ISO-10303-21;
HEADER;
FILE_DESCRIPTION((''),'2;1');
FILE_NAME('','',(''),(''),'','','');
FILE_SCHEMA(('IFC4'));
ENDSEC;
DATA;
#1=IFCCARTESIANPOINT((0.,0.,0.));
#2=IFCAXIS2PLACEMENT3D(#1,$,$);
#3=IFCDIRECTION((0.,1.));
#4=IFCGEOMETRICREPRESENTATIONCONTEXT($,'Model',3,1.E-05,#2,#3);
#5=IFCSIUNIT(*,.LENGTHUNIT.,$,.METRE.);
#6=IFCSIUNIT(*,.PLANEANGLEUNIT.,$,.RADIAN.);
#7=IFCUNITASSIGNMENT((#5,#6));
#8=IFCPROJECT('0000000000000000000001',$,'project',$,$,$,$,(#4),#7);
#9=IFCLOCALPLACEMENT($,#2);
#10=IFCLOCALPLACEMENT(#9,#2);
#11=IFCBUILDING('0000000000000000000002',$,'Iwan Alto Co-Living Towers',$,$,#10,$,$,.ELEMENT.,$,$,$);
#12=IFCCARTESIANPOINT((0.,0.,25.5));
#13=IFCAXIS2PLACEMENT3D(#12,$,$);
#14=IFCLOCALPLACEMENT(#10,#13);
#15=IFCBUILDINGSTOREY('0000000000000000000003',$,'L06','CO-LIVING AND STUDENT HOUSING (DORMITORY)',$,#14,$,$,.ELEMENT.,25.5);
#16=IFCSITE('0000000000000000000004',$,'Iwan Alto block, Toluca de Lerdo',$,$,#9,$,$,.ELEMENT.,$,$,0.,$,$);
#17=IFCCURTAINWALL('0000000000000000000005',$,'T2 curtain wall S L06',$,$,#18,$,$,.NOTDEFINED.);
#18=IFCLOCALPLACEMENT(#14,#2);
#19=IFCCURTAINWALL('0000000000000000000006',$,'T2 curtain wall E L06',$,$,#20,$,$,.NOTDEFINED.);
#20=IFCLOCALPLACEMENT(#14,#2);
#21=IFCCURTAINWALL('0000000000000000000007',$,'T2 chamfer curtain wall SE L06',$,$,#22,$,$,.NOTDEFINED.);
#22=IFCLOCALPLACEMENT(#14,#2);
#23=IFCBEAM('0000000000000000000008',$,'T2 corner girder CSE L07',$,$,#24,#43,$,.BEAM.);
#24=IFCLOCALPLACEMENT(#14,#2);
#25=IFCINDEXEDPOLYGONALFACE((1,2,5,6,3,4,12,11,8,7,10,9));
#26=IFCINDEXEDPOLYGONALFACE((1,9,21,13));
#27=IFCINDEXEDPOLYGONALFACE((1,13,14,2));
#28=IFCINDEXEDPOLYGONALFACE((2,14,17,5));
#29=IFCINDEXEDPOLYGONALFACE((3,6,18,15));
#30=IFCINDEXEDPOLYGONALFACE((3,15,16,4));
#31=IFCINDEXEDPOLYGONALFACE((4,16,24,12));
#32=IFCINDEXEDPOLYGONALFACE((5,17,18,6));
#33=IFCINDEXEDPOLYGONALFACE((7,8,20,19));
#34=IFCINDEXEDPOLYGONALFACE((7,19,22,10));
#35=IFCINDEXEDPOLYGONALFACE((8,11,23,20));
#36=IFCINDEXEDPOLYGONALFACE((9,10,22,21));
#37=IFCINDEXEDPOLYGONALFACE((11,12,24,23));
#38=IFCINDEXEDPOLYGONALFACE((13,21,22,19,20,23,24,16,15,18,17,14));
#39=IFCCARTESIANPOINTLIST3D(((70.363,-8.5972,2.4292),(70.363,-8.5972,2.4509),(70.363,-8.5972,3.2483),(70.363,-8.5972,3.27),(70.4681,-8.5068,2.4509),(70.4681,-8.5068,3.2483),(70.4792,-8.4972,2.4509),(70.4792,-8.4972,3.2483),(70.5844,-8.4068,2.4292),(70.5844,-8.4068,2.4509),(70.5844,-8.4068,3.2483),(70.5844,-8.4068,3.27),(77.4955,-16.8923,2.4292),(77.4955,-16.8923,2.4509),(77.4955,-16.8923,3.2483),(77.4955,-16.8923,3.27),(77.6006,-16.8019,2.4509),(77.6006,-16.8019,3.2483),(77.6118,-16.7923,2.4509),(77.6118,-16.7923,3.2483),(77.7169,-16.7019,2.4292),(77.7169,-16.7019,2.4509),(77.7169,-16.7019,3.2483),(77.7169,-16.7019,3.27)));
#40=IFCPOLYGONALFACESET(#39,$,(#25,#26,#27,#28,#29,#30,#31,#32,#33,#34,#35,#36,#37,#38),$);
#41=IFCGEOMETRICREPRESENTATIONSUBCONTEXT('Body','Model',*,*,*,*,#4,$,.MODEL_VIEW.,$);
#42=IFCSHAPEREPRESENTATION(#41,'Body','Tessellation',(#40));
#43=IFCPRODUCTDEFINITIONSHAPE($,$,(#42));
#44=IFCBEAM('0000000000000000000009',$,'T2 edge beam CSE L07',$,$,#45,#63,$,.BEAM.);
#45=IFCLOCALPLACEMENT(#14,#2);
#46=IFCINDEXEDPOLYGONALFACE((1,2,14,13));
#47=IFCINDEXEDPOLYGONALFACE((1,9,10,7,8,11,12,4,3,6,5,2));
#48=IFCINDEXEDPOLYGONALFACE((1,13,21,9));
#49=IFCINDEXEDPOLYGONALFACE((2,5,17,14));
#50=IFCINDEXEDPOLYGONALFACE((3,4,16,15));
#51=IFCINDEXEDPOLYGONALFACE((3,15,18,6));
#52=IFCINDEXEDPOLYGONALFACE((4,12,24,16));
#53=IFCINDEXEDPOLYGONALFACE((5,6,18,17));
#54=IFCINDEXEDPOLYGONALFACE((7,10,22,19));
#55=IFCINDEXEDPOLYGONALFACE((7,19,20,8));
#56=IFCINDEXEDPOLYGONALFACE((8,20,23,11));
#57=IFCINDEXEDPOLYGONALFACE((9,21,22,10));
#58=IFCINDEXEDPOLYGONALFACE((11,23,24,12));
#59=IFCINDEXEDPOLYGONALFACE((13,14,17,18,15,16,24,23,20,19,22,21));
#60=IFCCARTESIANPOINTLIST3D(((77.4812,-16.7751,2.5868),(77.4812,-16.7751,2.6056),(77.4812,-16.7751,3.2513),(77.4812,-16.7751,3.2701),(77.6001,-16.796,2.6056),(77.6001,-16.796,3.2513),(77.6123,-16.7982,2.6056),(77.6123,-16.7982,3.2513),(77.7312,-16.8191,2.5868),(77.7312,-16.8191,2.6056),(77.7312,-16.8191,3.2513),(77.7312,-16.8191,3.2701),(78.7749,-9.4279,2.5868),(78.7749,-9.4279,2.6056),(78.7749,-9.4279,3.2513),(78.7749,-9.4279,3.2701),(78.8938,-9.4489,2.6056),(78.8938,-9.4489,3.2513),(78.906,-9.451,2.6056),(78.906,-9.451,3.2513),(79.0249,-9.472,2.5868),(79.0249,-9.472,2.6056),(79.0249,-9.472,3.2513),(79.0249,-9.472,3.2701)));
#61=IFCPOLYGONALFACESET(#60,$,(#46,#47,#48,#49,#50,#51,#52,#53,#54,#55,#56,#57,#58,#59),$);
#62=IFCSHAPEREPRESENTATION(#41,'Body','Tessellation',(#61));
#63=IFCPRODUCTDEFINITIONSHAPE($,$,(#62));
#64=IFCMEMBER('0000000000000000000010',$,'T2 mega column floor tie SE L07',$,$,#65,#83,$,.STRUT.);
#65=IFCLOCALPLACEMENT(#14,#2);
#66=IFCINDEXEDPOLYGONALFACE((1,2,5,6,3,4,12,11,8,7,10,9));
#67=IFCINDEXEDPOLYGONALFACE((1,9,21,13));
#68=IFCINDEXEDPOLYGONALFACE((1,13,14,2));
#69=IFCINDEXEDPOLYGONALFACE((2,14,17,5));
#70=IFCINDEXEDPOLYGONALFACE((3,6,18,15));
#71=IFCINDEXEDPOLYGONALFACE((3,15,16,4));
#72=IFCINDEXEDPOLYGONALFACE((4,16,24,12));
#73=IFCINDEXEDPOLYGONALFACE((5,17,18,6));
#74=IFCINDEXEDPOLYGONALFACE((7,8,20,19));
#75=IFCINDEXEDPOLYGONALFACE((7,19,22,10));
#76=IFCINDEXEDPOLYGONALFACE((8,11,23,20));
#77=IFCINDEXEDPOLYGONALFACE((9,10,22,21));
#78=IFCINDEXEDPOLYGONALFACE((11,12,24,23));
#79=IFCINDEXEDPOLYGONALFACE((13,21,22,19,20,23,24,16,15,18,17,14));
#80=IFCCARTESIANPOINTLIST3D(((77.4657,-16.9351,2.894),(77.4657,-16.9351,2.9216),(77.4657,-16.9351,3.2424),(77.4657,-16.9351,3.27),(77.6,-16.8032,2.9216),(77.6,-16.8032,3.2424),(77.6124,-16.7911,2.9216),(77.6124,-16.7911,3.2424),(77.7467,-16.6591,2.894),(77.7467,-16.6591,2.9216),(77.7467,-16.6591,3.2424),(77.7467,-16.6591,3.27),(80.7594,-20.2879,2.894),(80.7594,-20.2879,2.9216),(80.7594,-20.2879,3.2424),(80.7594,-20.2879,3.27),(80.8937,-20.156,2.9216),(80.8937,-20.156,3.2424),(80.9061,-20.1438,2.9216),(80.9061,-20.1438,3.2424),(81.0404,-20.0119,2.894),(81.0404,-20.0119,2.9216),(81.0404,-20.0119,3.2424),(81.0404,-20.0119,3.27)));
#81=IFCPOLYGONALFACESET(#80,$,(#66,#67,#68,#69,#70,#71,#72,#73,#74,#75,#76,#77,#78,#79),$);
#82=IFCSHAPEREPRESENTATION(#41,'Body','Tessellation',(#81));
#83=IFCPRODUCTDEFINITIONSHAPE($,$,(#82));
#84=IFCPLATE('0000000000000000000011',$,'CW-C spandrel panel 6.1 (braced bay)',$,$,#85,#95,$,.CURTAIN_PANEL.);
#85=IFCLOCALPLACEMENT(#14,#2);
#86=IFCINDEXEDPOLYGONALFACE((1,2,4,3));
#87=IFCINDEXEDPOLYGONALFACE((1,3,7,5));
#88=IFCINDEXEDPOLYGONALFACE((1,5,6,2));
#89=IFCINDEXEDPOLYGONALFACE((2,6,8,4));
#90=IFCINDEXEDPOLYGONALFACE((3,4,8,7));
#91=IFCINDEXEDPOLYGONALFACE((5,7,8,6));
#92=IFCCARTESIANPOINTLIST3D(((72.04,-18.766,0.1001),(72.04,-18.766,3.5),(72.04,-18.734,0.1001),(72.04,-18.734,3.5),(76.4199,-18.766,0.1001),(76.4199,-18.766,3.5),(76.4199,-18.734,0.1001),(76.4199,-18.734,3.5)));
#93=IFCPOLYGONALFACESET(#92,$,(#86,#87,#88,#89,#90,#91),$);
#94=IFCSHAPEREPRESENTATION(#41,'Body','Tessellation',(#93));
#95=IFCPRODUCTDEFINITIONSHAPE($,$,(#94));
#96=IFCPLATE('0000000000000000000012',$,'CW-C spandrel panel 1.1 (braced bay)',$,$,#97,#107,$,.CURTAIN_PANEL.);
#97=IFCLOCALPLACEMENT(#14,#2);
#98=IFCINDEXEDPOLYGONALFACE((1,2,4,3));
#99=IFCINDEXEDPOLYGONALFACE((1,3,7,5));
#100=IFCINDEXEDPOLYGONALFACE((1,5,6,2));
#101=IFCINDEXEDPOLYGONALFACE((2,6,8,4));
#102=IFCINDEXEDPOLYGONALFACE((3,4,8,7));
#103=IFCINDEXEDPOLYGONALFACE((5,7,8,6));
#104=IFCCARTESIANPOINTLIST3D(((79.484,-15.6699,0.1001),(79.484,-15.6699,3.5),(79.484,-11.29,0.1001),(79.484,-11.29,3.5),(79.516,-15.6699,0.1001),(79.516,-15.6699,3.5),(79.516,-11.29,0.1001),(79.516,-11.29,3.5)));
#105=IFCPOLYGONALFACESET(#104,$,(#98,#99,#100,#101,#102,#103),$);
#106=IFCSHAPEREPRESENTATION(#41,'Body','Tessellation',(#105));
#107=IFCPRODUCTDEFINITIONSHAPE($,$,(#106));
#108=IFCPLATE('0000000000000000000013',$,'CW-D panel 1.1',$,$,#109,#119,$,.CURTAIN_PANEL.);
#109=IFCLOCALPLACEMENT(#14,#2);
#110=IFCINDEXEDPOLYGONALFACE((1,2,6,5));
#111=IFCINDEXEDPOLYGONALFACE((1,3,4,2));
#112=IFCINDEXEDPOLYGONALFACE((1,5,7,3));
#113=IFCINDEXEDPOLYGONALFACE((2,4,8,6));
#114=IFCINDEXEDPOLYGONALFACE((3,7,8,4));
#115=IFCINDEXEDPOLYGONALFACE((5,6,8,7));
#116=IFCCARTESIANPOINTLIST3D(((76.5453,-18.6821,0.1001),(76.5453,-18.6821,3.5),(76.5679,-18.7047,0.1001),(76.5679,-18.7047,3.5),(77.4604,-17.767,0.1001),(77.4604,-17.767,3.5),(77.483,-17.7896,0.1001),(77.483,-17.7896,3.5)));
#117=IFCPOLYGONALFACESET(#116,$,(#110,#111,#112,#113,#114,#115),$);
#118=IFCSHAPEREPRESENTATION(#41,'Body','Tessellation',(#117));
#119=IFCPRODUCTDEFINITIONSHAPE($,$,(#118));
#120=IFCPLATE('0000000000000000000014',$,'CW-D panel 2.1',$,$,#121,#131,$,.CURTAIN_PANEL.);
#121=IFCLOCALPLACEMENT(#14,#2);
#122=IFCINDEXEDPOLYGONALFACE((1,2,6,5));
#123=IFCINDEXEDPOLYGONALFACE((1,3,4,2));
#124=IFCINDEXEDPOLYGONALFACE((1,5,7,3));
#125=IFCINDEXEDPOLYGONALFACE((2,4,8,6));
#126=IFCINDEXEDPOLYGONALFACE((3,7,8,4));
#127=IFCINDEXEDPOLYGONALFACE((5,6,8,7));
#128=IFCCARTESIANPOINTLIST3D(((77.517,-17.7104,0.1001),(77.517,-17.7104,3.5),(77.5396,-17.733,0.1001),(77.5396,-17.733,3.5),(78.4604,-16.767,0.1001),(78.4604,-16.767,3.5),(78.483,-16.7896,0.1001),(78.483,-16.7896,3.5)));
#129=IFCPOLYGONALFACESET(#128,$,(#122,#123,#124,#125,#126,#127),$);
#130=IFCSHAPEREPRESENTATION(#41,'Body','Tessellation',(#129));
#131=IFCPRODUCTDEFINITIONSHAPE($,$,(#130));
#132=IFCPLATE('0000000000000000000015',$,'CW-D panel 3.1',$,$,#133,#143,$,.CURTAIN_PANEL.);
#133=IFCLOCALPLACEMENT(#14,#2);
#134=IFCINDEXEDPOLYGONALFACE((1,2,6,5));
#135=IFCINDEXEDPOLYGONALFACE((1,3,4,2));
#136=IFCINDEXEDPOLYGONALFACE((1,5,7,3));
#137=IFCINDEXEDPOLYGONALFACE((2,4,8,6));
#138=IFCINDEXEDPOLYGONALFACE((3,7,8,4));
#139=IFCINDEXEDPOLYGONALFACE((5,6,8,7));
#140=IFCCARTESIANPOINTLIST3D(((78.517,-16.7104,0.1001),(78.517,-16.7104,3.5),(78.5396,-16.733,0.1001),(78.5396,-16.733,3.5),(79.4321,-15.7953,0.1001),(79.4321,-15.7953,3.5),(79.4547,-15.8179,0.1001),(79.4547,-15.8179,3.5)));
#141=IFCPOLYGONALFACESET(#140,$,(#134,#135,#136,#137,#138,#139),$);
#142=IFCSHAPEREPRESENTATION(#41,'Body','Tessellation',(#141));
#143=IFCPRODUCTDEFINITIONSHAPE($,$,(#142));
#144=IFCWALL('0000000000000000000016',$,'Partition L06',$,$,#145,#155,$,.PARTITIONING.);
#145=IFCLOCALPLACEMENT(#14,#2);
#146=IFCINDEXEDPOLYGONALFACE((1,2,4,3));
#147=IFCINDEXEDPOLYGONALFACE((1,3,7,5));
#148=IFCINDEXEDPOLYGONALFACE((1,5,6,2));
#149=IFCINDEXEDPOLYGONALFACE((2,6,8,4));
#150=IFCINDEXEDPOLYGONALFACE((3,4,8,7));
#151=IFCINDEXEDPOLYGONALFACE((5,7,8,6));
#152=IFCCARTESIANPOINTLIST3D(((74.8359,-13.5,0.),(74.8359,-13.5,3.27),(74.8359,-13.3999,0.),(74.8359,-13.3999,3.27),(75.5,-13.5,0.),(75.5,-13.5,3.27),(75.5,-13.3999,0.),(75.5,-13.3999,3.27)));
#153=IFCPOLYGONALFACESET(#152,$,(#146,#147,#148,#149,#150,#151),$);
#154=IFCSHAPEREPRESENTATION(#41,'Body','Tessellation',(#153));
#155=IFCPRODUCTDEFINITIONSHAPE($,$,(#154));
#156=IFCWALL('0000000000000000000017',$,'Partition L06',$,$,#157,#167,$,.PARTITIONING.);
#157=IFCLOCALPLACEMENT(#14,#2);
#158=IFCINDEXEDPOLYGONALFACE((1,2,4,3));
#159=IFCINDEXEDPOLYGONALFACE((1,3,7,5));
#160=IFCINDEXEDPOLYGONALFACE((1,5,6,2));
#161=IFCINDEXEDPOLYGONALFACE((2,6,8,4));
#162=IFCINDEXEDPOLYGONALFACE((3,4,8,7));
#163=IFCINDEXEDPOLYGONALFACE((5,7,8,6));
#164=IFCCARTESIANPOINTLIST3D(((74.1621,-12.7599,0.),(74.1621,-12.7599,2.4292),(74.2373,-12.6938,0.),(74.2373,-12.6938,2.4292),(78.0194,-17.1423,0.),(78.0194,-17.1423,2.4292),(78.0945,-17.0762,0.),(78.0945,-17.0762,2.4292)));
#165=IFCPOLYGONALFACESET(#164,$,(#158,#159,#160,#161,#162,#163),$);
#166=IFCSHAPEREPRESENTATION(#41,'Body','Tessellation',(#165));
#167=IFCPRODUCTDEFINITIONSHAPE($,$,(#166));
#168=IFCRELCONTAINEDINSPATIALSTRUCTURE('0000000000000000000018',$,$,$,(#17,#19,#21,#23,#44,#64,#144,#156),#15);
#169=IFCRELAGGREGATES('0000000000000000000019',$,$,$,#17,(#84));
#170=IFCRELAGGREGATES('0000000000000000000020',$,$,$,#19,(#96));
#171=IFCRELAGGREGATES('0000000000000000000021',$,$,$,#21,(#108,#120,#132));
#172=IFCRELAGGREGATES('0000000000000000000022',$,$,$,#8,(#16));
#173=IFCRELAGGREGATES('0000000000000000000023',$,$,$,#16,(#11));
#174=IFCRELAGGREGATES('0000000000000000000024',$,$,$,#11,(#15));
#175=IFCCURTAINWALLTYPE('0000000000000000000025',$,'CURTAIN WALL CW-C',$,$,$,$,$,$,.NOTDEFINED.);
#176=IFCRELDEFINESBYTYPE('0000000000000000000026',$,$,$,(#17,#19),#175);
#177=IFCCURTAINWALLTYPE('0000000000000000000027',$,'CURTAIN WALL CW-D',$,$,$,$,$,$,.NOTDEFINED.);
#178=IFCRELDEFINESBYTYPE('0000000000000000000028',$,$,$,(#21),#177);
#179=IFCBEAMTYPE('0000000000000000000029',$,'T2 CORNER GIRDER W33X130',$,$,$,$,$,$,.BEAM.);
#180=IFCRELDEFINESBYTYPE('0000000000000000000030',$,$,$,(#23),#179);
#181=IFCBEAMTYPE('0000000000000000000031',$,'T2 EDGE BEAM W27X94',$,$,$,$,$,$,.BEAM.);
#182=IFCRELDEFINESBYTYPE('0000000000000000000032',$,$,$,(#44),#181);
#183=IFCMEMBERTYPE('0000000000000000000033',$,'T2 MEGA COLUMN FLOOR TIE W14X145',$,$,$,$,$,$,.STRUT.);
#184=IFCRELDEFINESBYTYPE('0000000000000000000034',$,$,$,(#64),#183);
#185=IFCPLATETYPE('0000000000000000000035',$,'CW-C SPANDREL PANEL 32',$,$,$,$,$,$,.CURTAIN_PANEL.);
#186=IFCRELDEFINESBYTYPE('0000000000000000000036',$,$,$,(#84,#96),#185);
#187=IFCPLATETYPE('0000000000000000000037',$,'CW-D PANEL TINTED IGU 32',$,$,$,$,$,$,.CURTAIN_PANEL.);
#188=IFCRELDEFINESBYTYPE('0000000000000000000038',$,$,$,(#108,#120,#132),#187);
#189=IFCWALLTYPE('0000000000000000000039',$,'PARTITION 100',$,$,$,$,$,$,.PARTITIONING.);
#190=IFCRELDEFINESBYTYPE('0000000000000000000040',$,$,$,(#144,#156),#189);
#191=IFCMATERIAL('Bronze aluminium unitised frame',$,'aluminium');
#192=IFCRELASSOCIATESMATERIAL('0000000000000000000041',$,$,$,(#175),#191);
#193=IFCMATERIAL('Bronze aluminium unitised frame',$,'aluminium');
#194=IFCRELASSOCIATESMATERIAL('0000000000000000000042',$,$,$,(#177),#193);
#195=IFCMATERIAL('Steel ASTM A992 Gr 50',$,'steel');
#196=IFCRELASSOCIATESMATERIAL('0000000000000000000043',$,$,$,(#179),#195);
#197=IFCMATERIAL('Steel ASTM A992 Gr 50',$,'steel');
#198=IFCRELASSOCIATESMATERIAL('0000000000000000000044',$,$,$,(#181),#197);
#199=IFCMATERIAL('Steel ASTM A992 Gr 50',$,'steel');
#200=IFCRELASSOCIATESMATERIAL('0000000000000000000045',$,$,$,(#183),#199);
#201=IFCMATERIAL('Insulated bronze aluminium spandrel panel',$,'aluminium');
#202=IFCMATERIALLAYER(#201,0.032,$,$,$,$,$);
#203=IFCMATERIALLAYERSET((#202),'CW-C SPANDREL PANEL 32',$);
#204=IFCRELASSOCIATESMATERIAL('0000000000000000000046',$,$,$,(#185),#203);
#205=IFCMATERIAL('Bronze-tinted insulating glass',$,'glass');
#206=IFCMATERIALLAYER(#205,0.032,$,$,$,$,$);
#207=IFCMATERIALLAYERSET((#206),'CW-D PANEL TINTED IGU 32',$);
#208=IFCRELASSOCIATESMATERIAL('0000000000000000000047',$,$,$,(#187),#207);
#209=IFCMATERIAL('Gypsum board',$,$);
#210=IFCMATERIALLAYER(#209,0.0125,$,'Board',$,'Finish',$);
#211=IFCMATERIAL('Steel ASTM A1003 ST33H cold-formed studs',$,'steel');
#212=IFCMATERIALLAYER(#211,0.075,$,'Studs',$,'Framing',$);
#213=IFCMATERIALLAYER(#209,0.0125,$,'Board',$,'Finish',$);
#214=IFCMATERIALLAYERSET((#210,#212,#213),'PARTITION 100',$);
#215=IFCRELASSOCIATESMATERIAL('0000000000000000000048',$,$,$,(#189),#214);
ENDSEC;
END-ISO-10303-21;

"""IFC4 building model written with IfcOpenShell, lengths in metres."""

from ifc_helpers import new_model, si_unit, direction, frame, frame_2d, origin, origin_2d, place, context, subcontext, project, spatial, rectangle, i_section, extrude, material, layer, layer_set, material_profile, profile_set, type_object, element, aggregate, save


model = new_model("IFC4")

# Units and contexts
model_context = context("Model", 3, precision=1e-05, world=origin(), true_north=direction((0.0, 1.0)))
body_context = subcontext(model_context, "Body", "Model", "MODEL_VIEW")
ifc_project = project(units=[si_unit("LENGTHUNIT", "METRE"), si_unit("PLANEANGLEUNIT", "RADIAN")], contexts=[model_context])

# Site, building, storey
site_placement = place(None, origin())
site = spatial("IfcSite", under=ifc_project, at=site_placement, Name="Iwan Alto block, Toluca de Lerdo", CompositionType="ELEMENT", RefElevation=0.0)
building_placement = place(site_placement, origin())
building = spatial("IfcBuilding", under=site, at=building_placement, Name="Iwan Alto Co-Living Towers", CompositionType="ELEMENT")
storey_placement = place(building_placement, frame((0.0, 0.0, 25.5)))
storey = spatial("IfcBuildingStorey", under=building, at=storey_placement, Name="L06", Description="CO-LIVING AND STUDENT HOUSING (DORMITORY)", CompositionType="ELEMENT", Elevation=25.5)

# Curtain wall
ifc_material_1 = material(Name="Bronze aluminium unitised frame", Category="aluminium")
curtain_wall_type_1 = type_object("IfcCurtainWallType", Name="CURTAIN WALL CW-C", PredefinedType="NOTDEFINED", material=ifc_material_1)
curtain_wall_1_placement = place(storey_placement, origin())
curtain_wall_1 = element("IfcCurtainWall", 1, at=curtain_wall_1_placement, inside=storey, type_object=curtain_wall_type_1, Name="T2 curtain wall S L06", PredefinedType="NOTDEFINED")

# Curtain walls
curtain_wall_2_placement = place(storey_placement, origin())
curtain_wall_2 = element("IfcCurtainWall", 2, at=curtain_wall_2_placement, inside=storey, type_object=curtain_wall_type_1, Name="T2 curtain wall E L06", PredefinedType="NOTDEFINED")
ifc_material_2 = material(Name="Bronze aluminium unitised frame", Category="aluminium")
curtain_wall_type_2 = type_object("IfcCurtainWallType", Name="CURTAIN WALL CW-D", PredefinedType="NOTDEFINED", material=ifc_material_2)
curtain_wall_3_placement = place(storey_placement, origin())
curtain_wall_3 = element("IfcCurtainWall", 3, at=curtain_wall_3_placement, inside=storey, type_object=curtain_wall_type_2, Name="T2 chamfer curtain wall SE L06", PredefinedType="NOTDEFINED")

# Beams
ifc_material_3 = material(Name="Steel ASTM A992 Gr 50", Category="steel")
ifc_material_profile_1 = material_profile(ifc_material_3, i_section(OverallWidth=0.292, OverallDepth=0.8408, WebThickness=0.0146, FlangeThickness=0.0217, at=origin_2d()), Name="W33X130")
ifc_profile_set_1 = profile_set([ifc_material_profile_1], Name="Steel ASTM A992 Gr 50")
beam_type_1 = type_object("IfcBeamType", Name="T2 CORNER GIRDER W33X130", PredefinedType="BEAM", material=ifc_profile_set_1)
beam_1_placement = place(storey_placement, frame((77.6062, -16.7971, 2.8496), z_axis=(-0.651972, 0.758243, 0.0), x_axis=(-0.758243, -0.651972, 0.0)))
element("IfcBeam", 4, at=beam_1_placement, inside=storey, type_object=beam_type_1, Name="T2 corner girder CSE L07", PredefinedType="BEAM", context=body_context, shape_type="SweptSolid", body=[
    extrude(i_section(OverallWidth=0.292, OverallDepth=0.8408, WebThickness=0.0146, FlangeThickness=0.0217, at=origin_2d()), origin(), (0.0, 0.0, 1.0), 10.9399),
])
ifc_material_4 = material(Name="Steel ASTM A992 Gr 50", Category="steel")
ifc_material_profile_2 = material_profile(ifc_material_4, i_section(OverallWidth=0.2539, OverallDepth=0.6833, WebThickness=0.0125, FlangeThickness=0.0188, at=origin_2d()), Name="W27X94")
ifc_profile_set_2 = profile_set([ifc_material_profile_2], Name="Steel ASTM A992 Gr 50")
beam_type_2 = type_object("IfcBeamType", Name="T2 EDGE BEAM W27X94", PredefinedType="BEAM", material=ifc_profile_set_2)
beam_2_placement = place(storey_placement, frame((77.6062, -16.7971, 2.9285), z_axis=(0.173414, 0.984849, 0.0), x_axis=(-0.984849, 0.173414, 0.0)))
element("IfcBeam", 5, at=beam_2_placement, inside=storey, type_object=beam_type_2, Name="T2 edge beam CSE L07", PredefinedType="BEAM", context=body_context, shape_type="SweptSolid", body=[
    extrude(i_section(OverallWidth=0.2539, OverallDepth=0.6833, WebThickness=0.0125, FlangeThickness=0.0188, at=origin_2d()), origin(), (0.0, 0.0, 1.0), 7.4602),
])

# Member
ifc_material_5 = material(Name="Steel ASTM A992 Gr 50", Category="steel")
ifc_material_profile_3 = material_profile(ifc_material_5, i_section(OverallWidth=0.3938, OverallDepth=0.376, WebThickness=0.0173, FlangeThickness=0.0276, at=origin_2d()), Name="W14X145")
ifc_profile_set_3 = profile_set([ifc_material_profile_3], Name="Steel ASTM A992 Gr 50")
member_type_1 = type_object("IfcMemberType", Name="T2 MEGA COLUMN FLOOR TIE W14X145", PredefinedType="STRUT", material=ifc_profile_set_3)
member_1_placement = place(storey_placement, frame((80.8999, -20.1499, 3.082), z_axis=(-0.700793, 0.713364, 0.0), x_axis=(-0.713364, -0.700793, 0.0)))
element("IfcMember", 6, at=member_1_placement, inside=storey, type_object=member_type_1, Name="T2 mega column floor tie SE L07", PredefinedType="STRUT", context=body_context, shape_type="SweptSolid", body=[
    extrude(i_section(OverallWidth=0.3938, OverallDepth=0.376, WebThickness=0.0173, FlangeThickness=0.0276, at=origin_2d()), origin(), (0.0, 0.0, 1.0), 4.7),
])

# Plates
ifc_material_6 = material(Name="Insulated bronze aluminium spandrel panel", Category="aluminium")
ifc_layer_1 = layer(ifc_material_6, 0.032)
ifc_layer_set_1 = layer_set([ifc_layer_1], Name="CW-C SPANDREL PANEL 32")
plate_type_1 = type_object("IfcPlateType", Name="CW-C SPANDREL PANEL 32", PredefinedType="CURTAIN_PANEL", material=ifc_layer_set_1)
plate_1_placement = place(storey_placement, frame((74.23, -18.75, 0.1001), z_axis=(0.0, 0.0, 1.0), x_axis=(1.0, 0.0, 0.0)))
plate_1 = element("IfcPlate", 7, at=plate_1_placement, type_object=plate_type_1, Name="CW-C spandrel panel 6.1 (braced bay)", PredefinedType="CURTAIN_PANEL", context=body_context, shape_type="SweptSolid", body=[
    extrude(rectangle(XDim=4.3799, YDim=0.032, at=origin_2d()), origin(), (0.0, 0.0, 1.0), 3.3999),
])
aggregate(curtain_wall_1, [plate_1])
plate_2_placement = place(storey_placement, frame((79.5, -13.48, 0.1001), z_axis=(0.0, 0.0, 1.0), x_axis=(0.0, 1.0, 0.0)))
plate_2 = element("IfcPlate", 8, at=plate_2_placement, type_object=plate_type_1, Name="CW-C spandrel panel 1.1 (braced bay)", PredefinedType="CURTAIN_PANEL", context=body_context, shape_type="SweptSolid", body=[
    extrude(rectangle(XDim=4.3799, YDim=0.032, at=origin_2d()), origin(), (0.0, 0.0, 1.0), 3.3999),
])
aggregate(curtain_wall_2, [plate_2])
ifc_material_7 = material(Name="Bronze-tinted insulating glass", Category="glass")
ifc_layer_2 = layer(ifc_material_7, 0.032)
ifc_layer_set_2 = layer_set([ifc_layer_2], Name="CW-D PANEL TINTED IGU 32")
plate_type_2 = type_object("IfcPlateType", Name="CW-D PANEL TINTED IGU 32", PredefinedType="CURTAIN_PANEL", material=ifc_layer_set_2)
plate_3_placement = place(storey_placement, frame((77.0142, -18.2358, 0.1001), z_axis=(0.0, 0.0, 1.0), x_axis=(0.707107, 0.707107, 0.0)))
plate_3 = element("IfcPlate", 9, at=plate_3_placement, type_object=plate_type_2, Name="CW-D panel 1.1", PredefinedType="CURTAIN_PANEL", context=body_context, shape_type="SweptSolid", body=[
    extrude(rectangle(XDim=1.2942, YDim=0.032, at=origin_2d()), origin(), (0.0, 0.0, 1.0), 3.3999),
])
plate_4_placement = place(storey_placement, frame((78.0, -17.25, 0.1001), z_axis=(0.0, 0.0, 1.0), x_axis=(0.707107, 0.707107, 0.0)))
plate_4 = element("IfcPlate", 10, at=plate_4_placement, type_object=plate_type_2, Name="CW-D panel 2.1", PredefinedType="CURTAIN_PANEL", context=body_context, shape_type="SweptSolid", body=[
    extrude(rectangle(XDim=1.3342, YDim=0.032, at=origin_2d()), origin(), (0.0, 0.0, 1.0), 3.3999),
])
plate_5_placement = place(storey_placement, frame((78.9858, -16.2642, 0.1001), z_axis=(0.0, 0.0, 1.0), x_axis=(0.707107, 0.707107, 0.0)))
plate_5 = element("IfcPlate", 11, at=plate_5_placement, type_object=plate_type_2, Name="CW-D panel 3.1", PredefinedType="CURTAIN_PANEL", context=body_context, shape_type="SweptSolid", body=[
    extrude(rectangle(XDim=1.2942, YDim=0.032, at=origin_2d()), origin(), (0.0, 0.0, 1.0), 3.3999),
])
aggregate(curtain_wall_3, [plate_3, plate_4, plate_5])

# Walls
ifc_material_8 = material(Name="Gypsum board")
ifc_layer_3 = layer(ifc_material_8, 0.0125, Name="Board", Category="Finish")
ifc_material_9 = material(Name="Steel ASTM A1003 ST33H cold-formed studs", Category="steel")
ifc_layer_4 = layer(ifc_material_9, 0.075, Name="Studs", Category="Framing")
ifc_layer_5 = layer(ifc_material_8, 0.0125, Name="Board", Category="Finish")
ifc_layer_set_3 = layer_set([ifc_layer_3, ifc_layer_4, ifc_layer_5], Name="PARTITION 100")
wall_type = type_object("IfcWallType", Name="PARTITION 100", PredefinedType="PARTITIONING", material=ifc_layer_set_3)
wall_1_placement = place(storey_placement, frame((74.8359, -13.45, 0.0), z_axis=(0.0, 0.0, 1.0), x_axis=(1.0, 0.0, 0.0)))
element("IfcWall", 12, at=wall_1_placement, inside=storey, type_object=wall_type, Name="Partition L06", PredefinedType="PARTITIONING", context=body_context, shape_type="SweptSolid", body=[
    extrude(rectangle(XDim=0.6641, YDim=0.1001, at=frame_2d((0.332, 0.0))), origin(), (0.0, 0.0, 1.0), 3.27),
])
wall_2_placement = place(storey_placement, frame((78.0569, -17.1091, 0.0), z_axis=(0.0, 0.0, 1.0), x_axis=(-0.660699, 0.750651, 0.0)))
element("IfcWall", 13, at=wall_2_placement, inside=storey, type_object=wall_type, Name="Partition L06", PredefinedType="PARTITIONING", context=body_context, shape_type="SweptSolid", body=[
    extrude(rectangle(XDim=5.8381, YDim=0.1001, at=frame_2d((2.9189, 0.0))), origin(), (0.0, 0.0, 1.0), 2.4292),
])

save(model, "model.ifc")
